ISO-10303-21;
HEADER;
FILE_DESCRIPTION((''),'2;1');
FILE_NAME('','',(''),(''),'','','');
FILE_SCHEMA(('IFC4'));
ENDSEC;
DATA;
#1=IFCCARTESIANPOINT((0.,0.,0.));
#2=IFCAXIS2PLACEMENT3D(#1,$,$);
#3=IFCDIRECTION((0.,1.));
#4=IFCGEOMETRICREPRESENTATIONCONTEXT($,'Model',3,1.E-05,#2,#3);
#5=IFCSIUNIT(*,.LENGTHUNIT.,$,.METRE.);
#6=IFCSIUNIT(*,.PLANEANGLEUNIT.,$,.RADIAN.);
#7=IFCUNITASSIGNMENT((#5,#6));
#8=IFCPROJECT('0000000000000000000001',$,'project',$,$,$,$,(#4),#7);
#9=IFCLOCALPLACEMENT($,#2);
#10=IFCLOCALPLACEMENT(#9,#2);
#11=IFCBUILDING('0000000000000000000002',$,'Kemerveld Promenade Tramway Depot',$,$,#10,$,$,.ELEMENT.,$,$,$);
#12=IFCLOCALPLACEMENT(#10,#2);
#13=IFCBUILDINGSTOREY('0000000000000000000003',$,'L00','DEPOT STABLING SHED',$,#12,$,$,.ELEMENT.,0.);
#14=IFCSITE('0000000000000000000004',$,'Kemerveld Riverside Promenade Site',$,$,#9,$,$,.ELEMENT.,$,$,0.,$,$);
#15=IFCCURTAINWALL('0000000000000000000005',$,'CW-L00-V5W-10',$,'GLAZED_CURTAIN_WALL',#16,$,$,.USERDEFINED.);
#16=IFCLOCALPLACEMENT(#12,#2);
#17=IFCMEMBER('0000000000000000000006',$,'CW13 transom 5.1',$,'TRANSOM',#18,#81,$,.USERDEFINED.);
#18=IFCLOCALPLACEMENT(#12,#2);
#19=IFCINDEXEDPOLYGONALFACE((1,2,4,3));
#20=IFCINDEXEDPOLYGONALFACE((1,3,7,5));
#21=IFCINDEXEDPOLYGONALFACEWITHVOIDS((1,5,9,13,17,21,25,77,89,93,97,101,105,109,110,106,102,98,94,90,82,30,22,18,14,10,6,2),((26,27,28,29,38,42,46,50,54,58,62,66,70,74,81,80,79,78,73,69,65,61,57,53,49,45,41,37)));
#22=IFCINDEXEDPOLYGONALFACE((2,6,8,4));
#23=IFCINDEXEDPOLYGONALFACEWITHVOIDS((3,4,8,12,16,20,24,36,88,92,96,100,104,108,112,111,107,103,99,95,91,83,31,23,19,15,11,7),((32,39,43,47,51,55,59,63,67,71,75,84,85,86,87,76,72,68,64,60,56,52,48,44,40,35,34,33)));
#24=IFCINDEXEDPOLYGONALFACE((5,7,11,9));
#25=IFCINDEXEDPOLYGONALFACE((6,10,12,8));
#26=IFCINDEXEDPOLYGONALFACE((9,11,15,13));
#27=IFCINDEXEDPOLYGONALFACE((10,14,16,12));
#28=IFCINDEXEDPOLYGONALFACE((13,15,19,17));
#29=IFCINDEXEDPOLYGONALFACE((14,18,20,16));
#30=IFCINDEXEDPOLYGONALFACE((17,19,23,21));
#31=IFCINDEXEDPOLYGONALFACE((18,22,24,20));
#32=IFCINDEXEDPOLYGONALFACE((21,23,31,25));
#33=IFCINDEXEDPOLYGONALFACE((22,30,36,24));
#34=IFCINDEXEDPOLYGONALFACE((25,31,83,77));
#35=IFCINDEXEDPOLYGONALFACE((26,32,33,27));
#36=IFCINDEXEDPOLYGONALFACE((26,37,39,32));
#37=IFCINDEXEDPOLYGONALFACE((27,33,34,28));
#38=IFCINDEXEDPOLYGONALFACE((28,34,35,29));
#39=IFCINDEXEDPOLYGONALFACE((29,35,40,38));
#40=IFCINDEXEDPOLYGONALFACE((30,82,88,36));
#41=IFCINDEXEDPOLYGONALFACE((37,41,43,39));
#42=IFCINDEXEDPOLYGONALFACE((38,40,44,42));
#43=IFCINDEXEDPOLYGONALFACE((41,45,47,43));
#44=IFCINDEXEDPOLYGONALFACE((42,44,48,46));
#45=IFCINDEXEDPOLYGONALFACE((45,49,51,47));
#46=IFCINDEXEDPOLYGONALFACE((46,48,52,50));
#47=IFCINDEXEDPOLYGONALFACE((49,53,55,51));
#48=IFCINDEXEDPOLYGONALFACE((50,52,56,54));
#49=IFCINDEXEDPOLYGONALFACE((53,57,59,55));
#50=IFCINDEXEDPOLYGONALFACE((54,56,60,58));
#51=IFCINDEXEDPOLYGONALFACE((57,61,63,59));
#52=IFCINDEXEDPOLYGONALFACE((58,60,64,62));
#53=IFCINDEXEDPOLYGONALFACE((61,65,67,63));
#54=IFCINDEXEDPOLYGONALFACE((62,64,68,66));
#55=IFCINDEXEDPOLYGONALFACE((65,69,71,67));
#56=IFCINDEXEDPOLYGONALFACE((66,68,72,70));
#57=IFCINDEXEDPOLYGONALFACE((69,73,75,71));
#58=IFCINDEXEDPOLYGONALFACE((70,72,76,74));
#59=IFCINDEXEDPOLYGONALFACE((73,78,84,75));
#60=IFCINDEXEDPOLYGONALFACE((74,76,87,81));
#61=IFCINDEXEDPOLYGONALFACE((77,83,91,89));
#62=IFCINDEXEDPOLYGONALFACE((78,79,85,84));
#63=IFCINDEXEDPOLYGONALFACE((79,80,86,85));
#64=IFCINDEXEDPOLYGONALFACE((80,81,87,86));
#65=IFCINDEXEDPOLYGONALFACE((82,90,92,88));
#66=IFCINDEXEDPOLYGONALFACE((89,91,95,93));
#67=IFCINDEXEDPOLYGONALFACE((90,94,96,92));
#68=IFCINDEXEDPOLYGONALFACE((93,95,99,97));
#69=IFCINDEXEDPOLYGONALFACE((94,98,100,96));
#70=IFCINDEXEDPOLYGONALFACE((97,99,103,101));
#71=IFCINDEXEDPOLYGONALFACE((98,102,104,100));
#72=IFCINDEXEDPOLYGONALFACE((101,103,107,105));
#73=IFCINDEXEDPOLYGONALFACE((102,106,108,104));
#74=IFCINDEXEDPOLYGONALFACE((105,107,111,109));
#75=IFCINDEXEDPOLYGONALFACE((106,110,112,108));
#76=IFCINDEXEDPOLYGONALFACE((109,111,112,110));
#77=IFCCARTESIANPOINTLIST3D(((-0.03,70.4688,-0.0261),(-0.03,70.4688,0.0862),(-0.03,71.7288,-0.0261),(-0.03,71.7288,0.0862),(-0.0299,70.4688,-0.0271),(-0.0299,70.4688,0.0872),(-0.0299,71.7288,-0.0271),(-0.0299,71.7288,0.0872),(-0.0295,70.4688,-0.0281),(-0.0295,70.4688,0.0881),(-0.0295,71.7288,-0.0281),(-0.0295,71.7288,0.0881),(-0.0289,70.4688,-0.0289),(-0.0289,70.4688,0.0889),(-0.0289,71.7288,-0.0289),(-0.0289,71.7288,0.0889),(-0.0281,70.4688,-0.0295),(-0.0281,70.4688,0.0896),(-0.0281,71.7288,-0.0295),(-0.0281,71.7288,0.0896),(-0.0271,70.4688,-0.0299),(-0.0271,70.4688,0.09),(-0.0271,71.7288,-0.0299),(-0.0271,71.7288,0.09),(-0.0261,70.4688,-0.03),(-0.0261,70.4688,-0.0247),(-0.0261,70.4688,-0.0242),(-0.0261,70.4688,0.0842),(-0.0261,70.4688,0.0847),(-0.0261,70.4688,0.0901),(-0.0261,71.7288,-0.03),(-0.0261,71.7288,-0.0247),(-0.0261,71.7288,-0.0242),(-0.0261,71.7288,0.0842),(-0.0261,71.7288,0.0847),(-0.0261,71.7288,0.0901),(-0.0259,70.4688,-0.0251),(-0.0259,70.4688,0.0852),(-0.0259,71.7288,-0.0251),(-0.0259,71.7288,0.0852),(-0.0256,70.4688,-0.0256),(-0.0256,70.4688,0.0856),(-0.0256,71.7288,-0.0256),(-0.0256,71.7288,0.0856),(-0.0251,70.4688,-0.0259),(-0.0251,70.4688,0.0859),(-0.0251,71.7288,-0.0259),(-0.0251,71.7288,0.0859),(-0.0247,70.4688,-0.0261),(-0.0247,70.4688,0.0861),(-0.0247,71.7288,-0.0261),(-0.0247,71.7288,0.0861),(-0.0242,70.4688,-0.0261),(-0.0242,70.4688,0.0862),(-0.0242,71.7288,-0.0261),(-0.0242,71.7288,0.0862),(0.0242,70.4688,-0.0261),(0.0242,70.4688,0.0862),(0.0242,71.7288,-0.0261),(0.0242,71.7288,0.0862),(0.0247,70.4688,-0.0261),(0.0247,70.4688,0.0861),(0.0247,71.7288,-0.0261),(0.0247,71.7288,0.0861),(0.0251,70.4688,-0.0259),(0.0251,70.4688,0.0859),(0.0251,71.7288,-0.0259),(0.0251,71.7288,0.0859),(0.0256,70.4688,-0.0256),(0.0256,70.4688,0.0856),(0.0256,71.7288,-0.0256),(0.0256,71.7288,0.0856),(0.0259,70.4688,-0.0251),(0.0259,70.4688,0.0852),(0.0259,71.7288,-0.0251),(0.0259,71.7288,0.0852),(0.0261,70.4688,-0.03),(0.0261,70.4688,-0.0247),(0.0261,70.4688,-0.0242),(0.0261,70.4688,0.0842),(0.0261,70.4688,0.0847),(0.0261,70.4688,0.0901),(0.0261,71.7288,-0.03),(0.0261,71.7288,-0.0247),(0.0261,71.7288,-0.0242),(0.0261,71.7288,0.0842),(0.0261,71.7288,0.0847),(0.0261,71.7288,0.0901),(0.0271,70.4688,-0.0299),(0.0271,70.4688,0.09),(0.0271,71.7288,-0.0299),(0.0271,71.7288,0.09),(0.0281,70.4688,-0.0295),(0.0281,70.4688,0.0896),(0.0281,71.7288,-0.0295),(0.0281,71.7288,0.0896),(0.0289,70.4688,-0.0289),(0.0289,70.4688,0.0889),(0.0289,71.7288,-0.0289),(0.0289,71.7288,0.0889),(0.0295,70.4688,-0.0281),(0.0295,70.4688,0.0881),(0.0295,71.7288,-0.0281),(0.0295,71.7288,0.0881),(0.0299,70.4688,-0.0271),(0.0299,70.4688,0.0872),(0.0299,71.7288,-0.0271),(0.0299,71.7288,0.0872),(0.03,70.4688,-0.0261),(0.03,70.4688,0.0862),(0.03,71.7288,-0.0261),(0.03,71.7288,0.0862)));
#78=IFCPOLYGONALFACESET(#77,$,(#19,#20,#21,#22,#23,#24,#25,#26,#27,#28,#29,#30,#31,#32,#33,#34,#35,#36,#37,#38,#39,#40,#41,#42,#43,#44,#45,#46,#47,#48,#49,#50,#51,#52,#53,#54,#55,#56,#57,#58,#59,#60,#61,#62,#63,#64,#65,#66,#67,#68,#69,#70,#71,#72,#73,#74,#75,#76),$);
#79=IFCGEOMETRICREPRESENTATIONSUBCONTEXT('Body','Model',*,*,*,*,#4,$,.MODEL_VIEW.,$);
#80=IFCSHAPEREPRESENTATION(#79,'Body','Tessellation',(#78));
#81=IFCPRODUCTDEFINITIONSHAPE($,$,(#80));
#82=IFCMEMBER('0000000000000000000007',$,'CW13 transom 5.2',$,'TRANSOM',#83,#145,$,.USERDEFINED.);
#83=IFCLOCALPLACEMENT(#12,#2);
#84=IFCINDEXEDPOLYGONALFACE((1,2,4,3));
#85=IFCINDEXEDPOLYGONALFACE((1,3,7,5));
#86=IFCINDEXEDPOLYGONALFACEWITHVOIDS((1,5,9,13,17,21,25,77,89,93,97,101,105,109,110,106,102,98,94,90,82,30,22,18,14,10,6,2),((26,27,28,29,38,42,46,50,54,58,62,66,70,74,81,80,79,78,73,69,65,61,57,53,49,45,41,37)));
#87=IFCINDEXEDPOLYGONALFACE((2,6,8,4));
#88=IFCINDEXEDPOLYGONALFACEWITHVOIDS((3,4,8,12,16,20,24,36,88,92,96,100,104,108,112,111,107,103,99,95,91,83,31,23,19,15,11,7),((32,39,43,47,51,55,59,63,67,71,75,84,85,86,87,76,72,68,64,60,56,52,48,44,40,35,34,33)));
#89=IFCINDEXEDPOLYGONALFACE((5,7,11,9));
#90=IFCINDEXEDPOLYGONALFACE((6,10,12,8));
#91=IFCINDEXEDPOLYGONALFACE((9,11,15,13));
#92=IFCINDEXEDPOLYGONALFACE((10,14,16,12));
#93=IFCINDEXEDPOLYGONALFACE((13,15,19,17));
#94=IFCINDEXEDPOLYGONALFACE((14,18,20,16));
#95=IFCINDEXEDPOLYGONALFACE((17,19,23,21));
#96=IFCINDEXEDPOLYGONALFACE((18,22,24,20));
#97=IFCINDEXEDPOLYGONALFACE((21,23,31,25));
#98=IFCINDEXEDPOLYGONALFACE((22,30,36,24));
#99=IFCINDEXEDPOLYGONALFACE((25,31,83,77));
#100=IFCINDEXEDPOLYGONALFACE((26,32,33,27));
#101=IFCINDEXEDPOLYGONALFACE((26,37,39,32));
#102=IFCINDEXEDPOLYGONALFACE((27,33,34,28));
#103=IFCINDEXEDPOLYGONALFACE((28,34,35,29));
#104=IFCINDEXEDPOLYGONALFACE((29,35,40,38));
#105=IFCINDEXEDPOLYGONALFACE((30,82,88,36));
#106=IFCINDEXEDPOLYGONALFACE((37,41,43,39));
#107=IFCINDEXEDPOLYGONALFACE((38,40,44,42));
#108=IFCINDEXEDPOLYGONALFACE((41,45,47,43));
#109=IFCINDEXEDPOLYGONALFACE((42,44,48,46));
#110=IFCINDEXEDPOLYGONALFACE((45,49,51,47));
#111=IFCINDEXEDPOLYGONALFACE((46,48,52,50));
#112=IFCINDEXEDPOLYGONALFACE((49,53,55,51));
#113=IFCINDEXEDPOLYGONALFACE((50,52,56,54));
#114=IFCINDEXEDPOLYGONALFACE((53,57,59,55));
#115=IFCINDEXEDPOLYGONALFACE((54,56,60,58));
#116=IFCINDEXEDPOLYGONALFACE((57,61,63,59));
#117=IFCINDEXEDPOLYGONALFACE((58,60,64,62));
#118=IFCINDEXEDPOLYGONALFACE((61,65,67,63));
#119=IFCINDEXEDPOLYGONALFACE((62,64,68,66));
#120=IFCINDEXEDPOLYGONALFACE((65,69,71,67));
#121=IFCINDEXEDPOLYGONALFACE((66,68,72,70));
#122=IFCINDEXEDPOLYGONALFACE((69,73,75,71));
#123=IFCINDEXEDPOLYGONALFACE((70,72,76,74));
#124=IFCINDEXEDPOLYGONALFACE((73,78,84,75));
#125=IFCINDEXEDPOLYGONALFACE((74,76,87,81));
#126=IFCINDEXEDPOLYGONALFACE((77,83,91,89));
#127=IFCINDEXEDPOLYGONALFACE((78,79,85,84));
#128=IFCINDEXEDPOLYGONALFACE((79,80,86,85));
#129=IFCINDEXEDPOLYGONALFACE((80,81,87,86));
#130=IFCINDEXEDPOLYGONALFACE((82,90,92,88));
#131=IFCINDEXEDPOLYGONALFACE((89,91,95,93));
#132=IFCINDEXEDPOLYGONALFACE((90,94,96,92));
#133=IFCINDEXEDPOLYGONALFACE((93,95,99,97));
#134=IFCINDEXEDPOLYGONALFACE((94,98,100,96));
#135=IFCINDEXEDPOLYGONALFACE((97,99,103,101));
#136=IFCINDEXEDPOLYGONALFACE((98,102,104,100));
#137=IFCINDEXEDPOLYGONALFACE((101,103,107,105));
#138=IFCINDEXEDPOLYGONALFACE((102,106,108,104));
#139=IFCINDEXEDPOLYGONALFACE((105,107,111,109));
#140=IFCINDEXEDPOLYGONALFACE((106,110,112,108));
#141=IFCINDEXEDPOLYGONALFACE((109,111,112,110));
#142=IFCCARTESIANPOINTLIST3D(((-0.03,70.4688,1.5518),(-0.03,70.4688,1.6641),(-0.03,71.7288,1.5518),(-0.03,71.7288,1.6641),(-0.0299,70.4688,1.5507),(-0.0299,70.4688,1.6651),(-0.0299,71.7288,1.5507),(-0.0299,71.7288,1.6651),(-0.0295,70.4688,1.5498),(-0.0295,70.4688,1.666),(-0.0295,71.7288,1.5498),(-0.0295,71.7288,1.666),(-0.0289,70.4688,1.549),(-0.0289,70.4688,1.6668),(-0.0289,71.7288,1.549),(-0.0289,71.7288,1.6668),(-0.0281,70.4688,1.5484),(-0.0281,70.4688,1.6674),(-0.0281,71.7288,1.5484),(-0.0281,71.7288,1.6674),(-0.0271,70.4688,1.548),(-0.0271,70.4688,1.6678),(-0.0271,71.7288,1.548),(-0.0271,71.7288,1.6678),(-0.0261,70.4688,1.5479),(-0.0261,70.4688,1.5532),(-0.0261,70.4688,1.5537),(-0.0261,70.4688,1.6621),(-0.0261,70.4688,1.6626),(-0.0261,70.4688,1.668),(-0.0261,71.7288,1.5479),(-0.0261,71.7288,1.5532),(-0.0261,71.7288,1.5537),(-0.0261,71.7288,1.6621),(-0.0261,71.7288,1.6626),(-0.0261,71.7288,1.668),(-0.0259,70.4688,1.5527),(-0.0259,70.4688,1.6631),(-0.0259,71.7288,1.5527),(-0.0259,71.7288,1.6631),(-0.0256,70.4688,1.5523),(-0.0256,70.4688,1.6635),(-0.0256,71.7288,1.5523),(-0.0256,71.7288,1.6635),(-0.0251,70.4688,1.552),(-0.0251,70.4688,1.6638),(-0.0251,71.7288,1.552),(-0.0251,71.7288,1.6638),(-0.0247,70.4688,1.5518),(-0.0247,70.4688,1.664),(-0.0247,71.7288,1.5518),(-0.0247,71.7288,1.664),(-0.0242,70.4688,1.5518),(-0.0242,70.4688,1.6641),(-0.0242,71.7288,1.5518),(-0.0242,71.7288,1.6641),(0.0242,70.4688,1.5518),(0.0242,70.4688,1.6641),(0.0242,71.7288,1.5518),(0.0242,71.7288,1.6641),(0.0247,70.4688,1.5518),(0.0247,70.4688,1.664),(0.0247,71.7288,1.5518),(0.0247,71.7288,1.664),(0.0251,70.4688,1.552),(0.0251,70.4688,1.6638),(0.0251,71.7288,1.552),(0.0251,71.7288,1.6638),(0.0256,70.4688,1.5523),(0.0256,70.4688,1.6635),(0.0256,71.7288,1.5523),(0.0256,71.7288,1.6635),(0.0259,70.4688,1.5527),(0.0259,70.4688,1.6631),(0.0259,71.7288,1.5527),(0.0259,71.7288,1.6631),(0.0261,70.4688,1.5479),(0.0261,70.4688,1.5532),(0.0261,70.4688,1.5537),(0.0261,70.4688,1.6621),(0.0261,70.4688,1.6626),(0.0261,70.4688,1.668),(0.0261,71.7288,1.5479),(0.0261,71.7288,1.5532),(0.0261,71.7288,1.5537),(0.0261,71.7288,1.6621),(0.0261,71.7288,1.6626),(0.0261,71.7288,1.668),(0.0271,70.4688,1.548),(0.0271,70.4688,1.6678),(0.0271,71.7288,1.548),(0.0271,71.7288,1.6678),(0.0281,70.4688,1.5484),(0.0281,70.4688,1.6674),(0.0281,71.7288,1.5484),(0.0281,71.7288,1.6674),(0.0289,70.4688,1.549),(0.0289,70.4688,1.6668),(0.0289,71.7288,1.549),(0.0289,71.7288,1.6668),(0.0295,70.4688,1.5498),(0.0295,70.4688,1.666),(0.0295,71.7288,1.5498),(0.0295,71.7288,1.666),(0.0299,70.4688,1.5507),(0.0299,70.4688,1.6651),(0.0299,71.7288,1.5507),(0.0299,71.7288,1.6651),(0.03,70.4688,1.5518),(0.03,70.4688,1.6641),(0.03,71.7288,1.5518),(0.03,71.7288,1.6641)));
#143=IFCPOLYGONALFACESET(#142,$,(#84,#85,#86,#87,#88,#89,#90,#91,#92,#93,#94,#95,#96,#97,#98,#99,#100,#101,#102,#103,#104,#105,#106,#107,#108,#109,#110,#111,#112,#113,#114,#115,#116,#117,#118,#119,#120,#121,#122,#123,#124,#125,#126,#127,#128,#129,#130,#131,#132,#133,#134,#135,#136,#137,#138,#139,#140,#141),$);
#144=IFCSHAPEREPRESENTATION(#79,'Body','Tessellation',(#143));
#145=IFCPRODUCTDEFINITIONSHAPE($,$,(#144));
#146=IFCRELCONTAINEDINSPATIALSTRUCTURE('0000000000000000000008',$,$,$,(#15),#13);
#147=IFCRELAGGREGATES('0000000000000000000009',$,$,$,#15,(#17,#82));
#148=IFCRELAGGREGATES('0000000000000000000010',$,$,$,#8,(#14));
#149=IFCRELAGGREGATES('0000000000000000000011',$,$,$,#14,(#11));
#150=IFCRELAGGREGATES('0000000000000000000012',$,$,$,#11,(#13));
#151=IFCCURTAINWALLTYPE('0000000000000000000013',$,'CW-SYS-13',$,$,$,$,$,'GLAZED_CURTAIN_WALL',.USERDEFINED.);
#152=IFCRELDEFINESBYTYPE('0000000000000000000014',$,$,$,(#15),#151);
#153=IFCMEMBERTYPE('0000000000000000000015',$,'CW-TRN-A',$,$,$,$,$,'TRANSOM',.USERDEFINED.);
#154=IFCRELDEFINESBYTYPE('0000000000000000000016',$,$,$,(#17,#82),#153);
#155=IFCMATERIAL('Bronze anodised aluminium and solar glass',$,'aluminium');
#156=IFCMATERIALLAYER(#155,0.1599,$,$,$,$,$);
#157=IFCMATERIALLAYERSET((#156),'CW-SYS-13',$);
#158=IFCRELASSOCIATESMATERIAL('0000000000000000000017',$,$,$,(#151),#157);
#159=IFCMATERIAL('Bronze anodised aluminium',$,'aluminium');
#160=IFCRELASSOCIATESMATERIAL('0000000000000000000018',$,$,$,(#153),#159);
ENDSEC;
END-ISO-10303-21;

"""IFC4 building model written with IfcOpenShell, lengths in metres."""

from ifc_helpers import new_model, si_unit, direction, frame, origin, origin_2d, place, context, subcontext, project, spatial, hollow_rectangle, extrude, material, layer, layer_set, material_profile, profile_set, type_object, element, aggregate, save


model = new_model("IFC4")

# Units and contexts
model_context = context("Model", 3, precision=1e-05, world=origin(), true_north=direction((0.0, 1.0)))
body_context = subcontext(model_context, "Body", "Model", "MODEL_VIEW")
ifc_project = project(units=[si_unit("LENGTHUNIT", "METRE"), si_unit("PLANEANGLEUNIT", "RADIAN")], contexts=[model_context])

# Site, building, storey
site_placement = place(None, origin())
site = spatial("IfcSite", under=ifc_project, at=site_placement, Name="Kemerveld Riverside Promenade Site", CompositionType="ELEMENT", RefElevation=0.0)
building_placement = place(site_placement, origin())
building = spatial("IfcBuilding", under=site, at=building_placement, Name="Kemerveld Promenade Tramway Depot", CompositionType="ELEMENT")
storey_placement = place(building_placement, origin())
storey = spatial("IfcBuildingStorey", under=building, at=storey_placement, Name="L00", Description="DEPOT STABLING SHED", CompositionType="ELEMENT", Elevation=0.0)

# Curtain wall, members
ifc_material_1 = material(Name="Bronze anodised aluminium and solar glass", Category="aluminium")
ifc_layer_1 = layer(ifc_material_1, 0.1599)
ifc_layer_set_1 = layer_set([ifc_layer_1], Name="CW-SYS-13")
curtain_wall_type = type_object("IfcCurtainWallType", Name="CW-SYS-13", ElementType="GLAZED_CURTAIN_WALL", PredefinedType="USERDEFINED", material=ifc_layer_set_1)
curtain_wall_placement = place(storey_placement, origin())
curtain_wall = element("IfcCurtainWall", 1, at=curtain_wall_placement, inside=storey, type_object=curtain_wall_type, Name="CW-L00-V5W-10", ObjectType="GLAZED_CURTAIN_WALL", PredefinedType="USERDEFINED")
ifc_material_2 = material(Name="Bronze anodised aluminium", Category="aluminium")
ifc_material_profile_1 = material_profile(ifc_material_2, hollow_rectangle(XDim=0.0601, YDim=0.1201, WallThickness=0.0039, InnerFilletRadius=0.002, OuterFilletRadius=0.0039, at=origin_2d()), Name="CW-TRN-120x60")
ifc_profile_set_1 = profile_set([ifc_material_profile_1], Name="Bronze anodised aluminium")
member_type_1 = type_object("IfcMemberType", Name="CW-TRN-A", ElementType="TRANSOM", PredefinedType="USERDEFINED", material=ifc_profile_set_1)
member_1_placement = place(storey_placement, frame((0.0, 70.4688, 0.03), z_axis=(0.0, 1.0, 0.0), x_axis=(-1.0, 0.0, 0.0)))
member_1 = element("IfcMember", 2, at=member_1_placement, type_object=member_type_1, Name="CW13 transom 5.1", ObjectType="TRANSOM", PredefinedType="USERDEFINED", context=body_context, shape_type="SweptSolid", body=[
    extrude(hollow_rectangle(XDim=0.0601, YDim=0.1201, WallThickness=0.0039, InnerFilletRadius=0.002, OuterFilletRadius=0.0039, at=origin_2d()), origin(), (0.0, 0.0, 1.0), 1.26),
])
member_2_placement = place(storey_placement, frame((0.0, 70.4688, 1.6079), z_axis=(0.0, 1.0, 0.0), x_axis=(-1.0, 0.0, 0.0)))
member_2 = element("IfcMember", 3, at=member_2_placement, type_object=member_type_1, Name="CW13 transom 5.2", ObjectType="TRANSOM", PredefinedType="USERDEFINED", context=body_context, shape_type="SweptSolid", body=[
    extrude(hollow_rectangle(XDim=0.0601, YDim=0.1201, WallThickness=0.0039, InnerFilletRadius=0.002, OuterFilletRadius=0.0039, at=origin_2d()), origin(), (0.0, 0.0, 1.0), 1.26),
])
aggregate(curtain_wall, [member_1, member_2])

save(model, "model.ifc")
